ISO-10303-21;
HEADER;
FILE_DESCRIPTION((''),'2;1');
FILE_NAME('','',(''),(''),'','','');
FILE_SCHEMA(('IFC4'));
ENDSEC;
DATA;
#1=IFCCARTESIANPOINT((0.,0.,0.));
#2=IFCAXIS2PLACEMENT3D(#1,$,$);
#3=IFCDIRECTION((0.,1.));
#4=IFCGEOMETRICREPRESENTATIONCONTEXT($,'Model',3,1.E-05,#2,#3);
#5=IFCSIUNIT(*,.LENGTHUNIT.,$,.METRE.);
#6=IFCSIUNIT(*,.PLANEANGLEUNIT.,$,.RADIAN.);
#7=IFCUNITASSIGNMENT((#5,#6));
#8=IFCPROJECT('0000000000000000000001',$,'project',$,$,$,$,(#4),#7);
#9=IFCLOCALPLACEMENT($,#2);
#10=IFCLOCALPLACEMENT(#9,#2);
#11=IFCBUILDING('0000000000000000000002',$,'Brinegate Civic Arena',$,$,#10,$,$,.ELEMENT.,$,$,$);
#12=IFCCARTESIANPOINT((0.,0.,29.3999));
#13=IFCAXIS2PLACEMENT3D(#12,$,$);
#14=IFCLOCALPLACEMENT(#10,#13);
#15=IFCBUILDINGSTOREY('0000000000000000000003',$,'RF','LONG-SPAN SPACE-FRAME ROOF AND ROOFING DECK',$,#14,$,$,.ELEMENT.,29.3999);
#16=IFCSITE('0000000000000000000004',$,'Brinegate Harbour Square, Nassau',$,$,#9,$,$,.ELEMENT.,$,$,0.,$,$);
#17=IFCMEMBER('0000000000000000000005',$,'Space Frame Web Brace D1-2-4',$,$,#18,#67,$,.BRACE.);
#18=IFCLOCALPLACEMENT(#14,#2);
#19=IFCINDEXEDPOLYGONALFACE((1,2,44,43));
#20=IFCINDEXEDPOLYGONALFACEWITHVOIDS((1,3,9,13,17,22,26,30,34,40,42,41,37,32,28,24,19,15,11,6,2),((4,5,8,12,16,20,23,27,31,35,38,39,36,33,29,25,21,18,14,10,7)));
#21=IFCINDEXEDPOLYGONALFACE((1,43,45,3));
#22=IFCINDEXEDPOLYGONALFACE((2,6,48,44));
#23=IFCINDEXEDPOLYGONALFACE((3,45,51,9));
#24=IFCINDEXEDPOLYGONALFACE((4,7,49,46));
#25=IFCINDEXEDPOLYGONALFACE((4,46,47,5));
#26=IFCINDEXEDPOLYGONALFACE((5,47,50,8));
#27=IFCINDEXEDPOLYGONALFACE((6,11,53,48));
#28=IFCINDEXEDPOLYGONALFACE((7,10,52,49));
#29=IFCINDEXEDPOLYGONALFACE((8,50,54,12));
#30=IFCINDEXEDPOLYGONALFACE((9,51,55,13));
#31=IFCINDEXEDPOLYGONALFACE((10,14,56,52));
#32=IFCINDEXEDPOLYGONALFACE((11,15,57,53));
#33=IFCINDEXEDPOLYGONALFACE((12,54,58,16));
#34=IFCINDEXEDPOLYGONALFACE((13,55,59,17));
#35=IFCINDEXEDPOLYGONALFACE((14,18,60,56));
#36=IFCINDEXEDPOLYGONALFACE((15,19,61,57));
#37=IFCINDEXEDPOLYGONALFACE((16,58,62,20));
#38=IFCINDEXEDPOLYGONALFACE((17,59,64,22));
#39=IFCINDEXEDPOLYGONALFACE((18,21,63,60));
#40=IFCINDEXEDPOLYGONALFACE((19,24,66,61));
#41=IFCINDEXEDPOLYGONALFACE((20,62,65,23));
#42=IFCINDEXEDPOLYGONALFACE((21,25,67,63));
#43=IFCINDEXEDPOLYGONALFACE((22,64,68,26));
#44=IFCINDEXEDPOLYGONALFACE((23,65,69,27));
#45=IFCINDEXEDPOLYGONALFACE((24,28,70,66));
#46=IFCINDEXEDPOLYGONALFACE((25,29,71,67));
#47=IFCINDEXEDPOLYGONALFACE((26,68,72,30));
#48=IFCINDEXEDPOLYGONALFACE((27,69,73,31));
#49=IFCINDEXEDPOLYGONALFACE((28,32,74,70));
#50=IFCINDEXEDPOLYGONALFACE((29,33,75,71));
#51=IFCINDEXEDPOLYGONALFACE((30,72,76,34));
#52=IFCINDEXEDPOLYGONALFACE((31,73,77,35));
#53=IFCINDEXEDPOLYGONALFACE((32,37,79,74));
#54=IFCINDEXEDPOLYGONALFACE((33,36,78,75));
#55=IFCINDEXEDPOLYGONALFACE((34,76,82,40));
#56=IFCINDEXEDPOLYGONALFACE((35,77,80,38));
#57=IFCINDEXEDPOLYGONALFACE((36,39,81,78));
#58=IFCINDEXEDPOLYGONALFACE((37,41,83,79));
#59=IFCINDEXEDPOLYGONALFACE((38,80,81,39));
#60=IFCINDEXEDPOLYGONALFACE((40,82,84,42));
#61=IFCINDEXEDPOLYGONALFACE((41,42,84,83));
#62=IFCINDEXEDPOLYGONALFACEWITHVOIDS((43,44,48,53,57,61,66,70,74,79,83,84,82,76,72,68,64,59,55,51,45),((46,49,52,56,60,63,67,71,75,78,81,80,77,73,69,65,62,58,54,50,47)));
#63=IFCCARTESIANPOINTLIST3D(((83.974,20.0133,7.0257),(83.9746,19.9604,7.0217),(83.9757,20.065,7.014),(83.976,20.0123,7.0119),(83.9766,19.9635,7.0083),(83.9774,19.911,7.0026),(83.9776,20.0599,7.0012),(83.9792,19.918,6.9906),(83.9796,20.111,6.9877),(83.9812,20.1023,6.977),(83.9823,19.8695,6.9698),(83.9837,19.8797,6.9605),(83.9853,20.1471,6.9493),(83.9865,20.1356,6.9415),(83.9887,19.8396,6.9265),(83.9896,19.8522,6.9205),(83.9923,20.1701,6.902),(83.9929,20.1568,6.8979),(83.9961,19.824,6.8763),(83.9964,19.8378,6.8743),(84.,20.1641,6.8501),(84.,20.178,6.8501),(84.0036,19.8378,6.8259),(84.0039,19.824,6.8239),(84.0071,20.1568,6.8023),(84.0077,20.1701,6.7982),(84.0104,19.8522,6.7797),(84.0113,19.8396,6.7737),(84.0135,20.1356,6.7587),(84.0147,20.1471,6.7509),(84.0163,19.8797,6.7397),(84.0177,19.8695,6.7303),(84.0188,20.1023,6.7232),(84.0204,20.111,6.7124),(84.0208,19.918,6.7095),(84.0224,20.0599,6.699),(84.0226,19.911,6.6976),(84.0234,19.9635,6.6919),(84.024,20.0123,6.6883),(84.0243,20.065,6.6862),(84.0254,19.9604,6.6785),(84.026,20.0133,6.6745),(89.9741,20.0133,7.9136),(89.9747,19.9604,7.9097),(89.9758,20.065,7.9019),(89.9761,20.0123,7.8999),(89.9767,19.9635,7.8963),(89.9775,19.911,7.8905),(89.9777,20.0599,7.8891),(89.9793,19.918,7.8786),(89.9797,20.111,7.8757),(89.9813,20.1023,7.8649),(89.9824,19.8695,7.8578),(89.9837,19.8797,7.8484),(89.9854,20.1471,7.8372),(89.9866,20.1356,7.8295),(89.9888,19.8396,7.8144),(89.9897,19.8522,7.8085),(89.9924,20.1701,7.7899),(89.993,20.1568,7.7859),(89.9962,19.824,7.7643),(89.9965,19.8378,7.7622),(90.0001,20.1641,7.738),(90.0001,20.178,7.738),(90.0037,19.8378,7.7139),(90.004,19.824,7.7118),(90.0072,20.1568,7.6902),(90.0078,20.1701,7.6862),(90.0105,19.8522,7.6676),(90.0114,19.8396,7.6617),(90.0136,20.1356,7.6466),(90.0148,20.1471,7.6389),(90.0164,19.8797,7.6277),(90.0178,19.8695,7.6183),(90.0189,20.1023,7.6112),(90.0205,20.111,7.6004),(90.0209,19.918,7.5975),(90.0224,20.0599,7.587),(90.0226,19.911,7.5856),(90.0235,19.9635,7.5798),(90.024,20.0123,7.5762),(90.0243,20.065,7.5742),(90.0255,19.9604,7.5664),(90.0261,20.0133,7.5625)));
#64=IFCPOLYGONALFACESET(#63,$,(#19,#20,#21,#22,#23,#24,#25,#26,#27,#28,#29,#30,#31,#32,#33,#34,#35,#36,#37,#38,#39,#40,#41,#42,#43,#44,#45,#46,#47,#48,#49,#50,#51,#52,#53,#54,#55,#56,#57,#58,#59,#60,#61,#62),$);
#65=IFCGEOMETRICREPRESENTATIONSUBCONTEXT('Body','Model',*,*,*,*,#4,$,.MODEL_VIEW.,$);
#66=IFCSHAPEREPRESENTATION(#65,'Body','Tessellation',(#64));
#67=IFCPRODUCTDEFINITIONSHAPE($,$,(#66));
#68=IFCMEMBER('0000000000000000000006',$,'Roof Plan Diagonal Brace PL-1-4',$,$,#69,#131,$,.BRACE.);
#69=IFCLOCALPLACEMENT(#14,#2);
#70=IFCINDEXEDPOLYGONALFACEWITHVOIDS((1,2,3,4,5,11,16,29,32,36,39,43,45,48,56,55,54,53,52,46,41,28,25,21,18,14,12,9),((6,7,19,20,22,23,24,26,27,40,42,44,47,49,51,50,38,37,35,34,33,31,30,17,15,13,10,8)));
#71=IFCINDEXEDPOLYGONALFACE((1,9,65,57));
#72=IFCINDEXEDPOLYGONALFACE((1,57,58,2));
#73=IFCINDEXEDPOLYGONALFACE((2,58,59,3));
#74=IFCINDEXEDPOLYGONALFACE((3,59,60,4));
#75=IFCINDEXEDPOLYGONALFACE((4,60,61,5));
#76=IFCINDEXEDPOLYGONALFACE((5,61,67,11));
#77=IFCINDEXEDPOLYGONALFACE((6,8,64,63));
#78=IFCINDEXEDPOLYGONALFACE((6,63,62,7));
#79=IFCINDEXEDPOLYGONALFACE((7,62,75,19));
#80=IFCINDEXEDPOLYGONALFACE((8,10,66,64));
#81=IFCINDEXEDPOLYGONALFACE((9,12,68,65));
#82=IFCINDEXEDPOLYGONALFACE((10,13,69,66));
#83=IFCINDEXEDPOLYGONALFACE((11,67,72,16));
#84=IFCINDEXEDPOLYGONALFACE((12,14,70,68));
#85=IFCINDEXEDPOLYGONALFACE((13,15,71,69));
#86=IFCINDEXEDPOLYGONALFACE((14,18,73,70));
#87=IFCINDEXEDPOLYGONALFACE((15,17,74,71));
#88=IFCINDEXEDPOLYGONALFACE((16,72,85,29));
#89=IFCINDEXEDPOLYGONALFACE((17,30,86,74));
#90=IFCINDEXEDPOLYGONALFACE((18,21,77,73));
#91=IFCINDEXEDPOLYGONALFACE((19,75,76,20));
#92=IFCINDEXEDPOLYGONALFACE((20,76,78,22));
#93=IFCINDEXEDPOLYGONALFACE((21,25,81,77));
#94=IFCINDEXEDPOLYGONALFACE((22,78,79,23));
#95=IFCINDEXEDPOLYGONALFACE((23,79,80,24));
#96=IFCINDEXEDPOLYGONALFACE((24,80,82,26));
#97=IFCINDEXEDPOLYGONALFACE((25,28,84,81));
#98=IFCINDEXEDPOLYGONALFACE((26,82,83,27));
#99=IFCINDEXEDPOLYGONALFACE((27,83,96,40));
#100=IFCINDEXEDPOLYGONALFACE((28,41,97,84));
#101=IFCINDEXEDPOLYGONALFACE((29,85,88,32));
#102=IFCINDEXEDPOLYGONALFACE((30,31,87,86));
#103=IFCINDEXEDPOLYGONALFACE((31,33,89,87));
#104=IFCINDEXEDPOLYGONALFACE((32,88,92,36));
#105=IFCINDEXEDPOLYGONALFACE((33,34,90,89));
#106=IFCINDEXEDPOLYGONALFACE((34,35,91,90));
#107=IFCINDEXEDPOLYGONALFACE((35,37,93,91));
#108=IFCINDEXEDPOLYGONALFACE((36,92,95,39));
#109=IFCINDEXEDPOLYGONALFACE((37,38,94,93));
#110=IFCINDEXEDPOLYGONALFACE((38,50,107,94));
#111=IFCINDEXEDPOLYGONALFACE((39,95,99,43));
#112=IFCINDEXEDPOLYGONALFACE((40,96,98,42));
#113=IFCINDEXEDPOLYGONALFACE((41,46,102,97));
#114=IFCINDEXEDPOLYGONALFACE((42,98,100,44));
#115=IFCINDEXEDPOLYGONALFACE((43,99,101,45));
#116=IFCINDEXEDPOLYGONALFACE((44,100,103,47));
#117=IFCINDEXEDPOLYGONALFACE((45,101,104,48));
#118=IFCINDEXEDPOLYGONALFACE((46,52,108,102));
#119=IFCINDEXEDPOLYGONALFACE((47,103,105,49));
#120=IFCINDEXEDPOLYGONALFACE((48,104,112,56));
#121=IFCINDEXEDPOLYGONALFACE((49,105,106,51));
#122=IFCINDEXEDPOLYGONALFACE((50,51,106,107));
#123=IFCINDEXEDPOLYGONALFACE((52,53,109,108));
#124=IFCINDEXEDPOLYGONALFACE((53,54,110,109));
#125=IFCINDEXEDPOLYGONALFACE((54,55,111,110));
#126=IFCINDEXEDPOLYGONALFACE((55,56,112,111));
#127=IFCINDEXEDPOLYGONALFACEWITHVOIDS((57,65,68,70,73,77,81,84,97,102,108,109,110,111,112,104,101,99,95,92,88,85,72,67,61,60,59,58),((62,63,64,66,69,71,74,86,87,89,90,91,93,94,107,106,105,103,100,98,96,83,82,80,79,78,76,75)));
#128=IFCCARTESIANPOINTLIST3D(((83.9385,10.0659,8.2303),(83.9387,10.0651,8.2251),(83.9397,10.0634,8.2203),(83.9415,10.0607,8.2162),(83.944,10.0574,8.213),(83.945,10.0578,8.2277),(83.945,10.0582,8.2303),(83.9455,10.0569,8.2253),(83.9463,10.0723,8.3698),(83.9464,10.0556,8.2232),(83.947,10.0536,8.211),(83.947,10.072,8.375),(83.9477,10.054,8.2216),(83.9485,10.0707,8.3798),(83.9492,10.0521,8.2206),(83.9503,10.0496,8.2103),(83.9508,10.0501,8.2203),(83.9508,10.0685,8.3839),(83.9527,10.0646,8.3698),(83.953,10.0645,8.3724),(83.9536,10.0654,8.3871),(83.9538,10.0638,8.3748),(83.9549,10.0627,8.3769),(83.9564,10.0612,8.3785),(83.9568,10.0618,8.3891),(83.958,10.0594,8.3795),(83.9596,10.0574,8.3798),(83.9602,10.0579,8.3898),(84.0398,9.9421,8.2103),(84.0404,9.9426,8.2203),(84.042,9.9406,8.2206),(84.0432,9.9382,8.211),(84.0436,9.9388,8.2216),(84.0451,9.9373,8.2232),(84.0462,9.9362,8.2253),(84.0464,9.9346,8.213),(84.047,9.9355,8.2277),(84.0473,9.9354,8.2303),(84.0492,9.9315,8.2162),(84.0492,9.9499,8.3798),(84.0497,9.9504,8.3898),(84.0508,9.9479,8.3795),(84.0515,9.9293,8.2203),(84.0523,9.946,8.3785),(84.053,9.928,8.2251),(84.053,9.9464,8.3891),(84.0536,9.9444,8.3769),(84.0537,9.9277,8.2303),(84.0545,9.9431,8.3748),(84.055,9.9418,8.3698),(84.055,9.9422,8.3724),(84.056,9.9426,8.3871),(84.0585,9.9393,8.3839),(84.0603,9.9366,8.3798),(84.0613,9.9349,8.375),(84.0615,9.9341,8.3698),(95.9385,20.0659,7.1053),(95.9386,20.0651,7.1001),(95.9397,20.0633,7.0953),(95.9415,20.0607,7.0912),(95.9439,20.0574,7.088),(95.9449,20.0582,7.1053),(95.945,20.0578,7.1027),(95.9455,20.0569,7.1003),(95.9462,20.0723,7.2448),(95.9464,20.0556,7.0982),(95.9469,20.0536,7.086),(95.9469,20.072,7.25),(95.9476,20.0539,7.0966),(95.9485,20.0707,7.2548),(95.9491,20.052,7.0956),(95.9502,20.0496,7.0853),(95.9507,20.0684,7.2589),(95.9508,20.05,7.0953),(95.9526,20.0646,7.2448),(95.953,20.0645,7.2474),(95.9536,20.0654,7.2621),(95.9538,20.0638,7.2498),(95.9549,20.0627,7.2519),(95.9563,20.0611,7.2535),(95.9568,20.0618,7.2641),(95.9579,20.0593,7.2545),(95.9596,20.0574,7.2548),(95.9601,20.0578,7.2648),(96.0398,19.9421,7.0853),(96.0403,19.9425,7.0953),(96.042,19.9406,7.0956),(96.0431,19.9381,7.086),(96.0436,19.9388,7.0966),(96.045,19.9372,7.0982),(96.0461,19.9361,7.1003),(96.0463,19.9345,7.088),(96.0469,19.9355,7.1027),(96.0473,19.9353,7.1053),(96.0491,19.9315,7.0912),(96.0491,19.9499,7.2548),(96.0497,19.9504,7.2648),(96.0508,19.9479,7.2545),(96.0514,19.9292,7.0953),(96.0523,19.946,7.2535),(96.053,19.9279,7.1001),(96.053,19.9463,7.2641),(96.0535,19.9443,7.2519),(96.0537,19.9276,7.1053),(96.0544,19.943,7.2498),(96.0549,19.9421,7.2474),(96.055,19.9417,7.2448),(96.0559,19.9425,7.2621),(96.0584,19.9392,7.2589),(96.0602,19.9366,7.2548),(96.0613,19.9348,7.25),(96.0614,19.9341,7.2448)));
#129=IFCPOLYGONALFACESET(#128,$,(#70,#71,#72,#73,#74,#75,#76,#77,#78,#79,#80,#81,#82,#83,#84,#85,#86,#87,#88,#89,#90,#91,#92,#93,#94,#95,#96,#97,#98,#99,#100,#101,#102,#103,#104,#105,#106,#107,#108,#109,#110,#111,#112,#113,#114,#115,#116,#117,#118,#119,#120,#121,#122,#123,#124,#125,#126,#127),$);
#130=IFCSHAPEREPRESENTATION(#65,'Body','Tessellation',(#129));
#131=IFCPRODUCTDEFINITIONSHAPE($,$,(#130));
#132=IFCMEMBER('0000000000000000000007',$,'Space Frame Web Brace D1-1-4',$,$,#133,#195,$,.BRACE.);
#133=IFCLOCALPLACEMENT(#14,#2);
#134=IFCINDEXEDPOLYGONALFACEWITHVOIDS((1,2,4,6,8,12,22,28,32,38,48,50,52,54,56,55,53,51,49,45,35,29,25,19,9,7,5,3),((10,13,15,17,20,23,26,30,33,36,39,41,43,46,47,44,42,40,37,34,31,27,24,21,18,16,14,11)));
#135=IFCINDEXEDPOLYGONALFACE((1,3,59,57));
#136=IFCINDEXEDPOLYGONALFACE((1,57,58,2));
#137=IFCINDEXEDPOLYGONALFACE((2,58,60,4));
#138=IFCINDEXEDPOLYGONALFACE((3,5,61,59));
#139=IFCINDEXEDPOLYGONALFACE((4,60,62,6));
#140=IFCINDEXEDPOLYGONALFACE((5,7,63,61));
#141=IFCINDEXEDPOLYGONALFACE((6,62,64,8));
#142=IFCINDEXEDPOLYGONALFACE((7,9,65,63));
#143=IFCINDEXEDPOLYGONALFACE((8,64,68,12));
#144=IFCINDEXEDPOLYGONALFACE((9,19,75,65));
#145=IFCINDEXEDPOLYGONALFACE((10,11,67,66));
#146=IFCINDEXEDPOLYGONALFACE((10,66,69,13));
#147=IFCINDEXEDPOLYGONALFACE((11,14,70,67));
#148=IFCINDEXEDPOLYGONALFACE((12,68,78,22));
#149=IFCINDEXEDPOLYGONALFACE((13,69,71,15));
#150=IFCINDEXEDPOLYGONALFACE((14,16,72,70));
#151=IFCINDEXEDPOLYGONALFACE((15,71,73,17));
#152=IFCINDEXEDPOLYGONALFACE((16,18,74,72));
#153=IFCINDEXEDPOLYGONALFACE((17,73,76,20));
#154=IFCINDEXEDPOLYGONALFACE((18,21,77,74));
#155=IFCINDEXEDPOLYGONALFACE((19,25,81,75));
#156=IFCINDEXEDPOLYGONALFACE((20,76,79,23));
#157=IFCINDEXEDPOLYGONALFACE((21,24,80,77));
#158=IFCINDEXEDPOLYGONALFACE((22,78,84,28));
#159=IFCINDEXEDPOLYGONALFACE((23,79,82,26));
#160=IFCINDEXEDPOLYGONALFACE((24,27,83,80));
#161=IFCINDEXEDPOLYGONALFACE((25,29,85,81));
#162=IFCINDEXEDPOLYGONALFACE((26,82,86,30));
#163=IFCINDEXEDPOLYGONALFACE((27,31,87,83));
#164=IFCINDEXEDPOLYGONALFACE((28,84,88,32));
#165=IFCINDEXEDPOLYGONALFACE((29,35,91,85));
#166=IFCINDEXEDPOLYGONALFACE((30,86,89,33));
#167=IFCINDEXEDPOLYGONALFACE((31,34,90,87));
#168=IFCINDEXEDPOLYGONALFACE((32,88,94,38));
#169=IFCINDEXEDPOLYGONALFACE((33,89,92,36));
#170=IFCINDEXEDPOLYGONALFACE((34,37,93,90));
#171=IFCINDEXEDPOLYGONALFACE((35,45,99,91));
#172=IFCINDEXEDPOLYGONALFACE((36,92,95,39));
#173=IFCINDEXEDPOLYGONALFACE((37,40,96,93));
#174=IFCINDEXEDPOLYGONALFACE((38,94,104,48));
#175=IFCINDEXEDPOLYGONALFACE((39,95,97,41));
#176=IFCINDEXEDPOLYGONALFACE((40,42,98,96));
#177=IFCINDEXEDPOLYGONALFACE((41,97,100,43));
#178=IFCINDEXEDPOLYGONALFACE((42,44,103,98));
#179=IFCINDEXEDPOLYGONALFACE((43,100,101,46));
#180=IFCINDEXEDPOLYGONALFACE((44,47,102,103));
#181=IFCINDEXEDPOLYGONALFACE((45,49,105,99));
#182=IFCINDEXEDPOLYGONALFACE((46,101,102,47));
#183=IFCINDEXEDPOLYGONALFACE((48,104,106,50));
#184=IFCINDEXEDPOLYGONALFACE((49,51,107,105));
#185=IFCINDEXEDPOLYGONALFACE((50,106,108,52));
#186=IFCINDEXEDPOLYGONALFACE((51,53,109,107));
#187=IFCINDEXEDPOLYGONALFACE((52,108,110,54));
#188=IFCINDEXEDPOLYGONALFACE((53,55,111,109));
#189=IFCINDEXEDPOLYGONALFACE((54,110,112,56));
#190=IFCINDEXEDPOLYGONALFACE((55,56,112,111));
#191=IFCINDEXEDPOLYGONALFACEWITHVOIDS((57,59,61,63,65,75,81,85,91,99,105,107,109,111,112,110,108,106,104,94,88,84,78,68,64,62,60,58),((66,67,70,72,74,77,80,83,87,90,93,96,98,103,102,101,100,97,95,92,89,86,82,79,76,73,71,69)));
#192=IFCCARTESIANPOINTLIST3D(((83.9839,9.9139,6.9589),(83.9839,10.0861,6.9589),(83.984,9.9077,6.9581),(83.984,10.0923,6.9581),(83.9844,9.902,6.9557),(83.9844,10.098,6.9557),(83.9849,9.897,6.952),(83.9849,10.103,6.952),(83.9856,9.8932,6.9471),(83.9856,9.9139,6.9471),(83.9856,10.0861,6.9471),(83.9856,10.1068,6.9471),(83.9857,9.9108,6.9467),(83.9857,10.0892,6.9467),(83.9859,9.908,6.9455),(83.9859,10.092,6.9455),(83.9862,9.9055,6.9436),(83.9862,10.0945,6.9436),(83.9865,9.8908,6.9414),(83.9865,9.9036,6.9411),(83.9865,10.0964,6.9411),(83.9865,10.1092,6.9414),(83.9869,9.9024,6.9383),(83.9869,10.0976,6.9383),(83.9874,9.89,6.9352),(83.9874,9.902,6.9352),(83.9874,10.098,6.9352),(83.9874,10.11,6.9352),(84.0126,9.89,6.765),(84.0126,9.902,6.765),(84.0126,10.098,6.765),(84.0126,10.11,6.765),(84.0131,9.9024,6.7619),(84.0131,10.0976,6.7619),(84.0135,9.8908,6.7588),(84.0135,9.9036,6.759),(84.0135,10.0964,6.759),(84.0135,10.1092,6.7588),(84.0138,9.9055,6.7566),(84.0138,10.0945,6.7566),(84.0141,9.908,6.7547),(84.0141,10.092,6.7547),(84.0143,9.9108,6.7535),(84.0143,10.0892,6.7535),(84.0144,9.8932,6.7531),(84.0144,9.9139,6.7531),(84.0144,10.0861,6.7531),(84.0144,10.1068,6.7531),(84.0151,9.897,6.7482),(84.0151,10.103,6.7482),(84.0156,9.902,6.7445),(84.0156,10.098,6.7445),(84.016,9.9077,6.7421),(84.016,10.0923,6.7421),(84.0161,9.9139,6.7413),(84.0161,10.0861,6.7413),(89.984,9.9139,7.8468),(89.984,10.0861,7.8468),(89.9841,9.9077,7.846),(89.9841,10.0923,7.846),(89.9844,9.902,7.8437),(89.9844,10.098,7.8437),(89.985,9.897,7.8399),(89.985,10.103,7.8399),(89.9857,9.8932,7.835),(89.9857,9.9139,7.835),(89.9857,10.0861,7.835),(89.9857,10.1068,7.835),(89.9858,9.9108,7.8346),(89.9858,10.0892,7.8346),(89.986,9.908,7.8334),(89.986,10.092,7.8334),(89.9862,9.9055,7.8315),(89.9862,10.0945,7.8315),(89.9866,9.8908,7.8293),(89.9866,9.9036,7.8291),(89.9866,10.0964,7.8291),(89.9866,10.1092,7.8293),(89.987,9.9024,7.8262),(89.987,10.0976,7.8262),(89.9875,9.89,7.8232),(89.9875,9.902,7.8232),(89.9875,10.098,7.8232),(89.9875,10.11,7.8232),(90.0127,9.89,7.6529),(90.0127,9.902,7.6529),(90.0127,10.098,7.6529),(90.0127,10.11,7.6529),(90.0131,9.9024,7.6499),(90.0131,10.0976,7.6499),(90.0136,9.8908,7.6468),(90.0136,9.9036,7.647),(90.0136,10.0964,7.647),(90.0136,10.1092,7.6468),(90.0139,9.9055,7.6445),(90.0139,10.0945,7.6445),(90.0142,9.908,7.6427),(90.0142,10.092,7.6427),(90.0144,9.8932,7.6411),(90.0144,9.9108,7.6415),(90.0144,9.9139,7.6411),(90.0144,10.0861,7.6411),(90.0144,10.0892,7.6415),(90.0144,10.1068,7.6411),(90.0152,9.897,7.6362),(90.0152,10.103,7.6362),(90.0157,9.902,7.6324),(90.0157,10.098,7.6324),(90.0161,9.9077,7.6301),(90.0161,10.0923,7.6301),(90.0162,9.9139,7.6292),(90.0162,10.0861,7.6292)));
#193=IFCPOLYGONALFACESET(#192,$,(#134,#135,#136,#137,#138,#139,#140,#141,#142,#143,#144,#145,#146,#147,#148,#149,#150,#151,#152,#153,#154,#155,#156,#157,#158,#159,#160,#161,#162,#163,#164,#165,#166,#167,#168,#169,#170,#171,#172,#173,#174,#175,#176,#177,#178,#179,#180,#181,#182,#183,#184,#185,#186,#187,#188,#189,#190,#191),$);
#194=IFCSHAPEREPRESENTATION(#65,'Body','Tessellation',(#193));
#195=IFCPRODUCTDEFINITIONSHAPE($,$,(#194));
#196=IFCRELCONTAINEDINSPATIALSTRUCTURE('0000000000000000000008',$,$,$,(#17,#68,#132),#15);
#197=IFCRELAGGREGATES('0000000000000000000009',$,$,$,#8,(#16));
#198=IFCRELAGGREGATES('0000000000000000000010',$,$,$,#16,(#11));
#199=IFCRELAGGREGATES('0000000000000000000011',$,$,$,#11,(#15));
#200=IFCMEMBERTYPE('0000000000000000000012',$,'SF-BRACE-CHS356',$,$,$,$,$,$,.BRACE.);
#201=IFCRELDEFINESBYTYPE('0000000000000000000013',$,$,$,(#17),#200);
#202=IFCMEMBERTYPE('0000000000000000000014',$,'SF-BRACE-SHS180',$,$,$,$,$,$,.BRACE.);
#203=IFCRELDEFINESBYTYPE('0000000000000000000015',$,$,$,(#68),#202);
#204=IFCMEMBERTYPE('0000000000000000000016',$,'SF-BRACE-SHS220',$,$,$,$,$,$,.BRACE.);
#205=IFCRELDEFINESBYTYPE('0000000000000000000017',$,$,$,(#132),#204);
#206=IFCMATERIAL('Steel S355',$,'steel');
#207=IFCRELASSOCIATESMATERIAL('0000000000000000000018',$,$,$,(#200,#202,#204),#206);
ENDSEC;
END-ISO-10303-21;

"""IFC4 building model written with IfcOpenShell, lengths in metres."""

from ifc_helpers import new_model, si_unit, direction, frame, origin, origin_2d, place, context, subcontext, project, spatial, hollow_rectangle, hollow_circle, extrude, material, material_profile, profile_set, type_object, element, save


model = new_model("IFC4")

# Units and contexts
model_context = context("Model", 3, precision=1e-05, world=origin(), true_north=direction((0.0, 1.0)))
body_context = subcontext(model_context, "Body", "Model", "MODEL_VIEW")
ifc_project = project(units=[si_unit("LENGTHUNIT", "METRE"), si_unit("PLANEANGLEUNIT", "RADIAN")], contexts=[model_context])

# Site, building, storey
site_placement = place(None, origin())
site = spatial("IfcSite", under=ifc_project, at=site_placement, Name="Brinegate Harbour Square, Nassau", CompositionType="ELEMENT", RefElevation=0.0)
building_placement = place(site_placement, origin())
building = spatial("IfcBuilding", under=site, at=building_placement, Name="Brinegate Civic Arena", CompositionType="ELEMENT")
storey_placement = place(building_placement, frame((0.0, 0.0, 29.3999)))
storey = spatial("IfcBuildingStorey", under=building, at=storey_placement, Name="RF", Description="LONG-SPAN SPACE-FRAME ROOF AND ROOFING DECK", CompositionType="ELEMENT", Elevation=29.3999)

# Shared definitions
ifc_material_1 = material(Name="Steel S355", Category="steel")

# Members
ifc_material_profile_1 = material_profile(ifc_material_1, hollow_circle(Radius=0.178, WallThickness=0.0139, at=origin_2d()), Name="CHS356X14")
ifc_profile_set_1 = profile_set([ifc_material_profile_1], Name="Steel S355")
member_type_1 = type_object("IfcMemberType", Name="SF-BRACE-CHS356", PredefinedType="BRACE", material=ifc_profile_set_1)
for number, where, z_axis, x_axis, name in (
    (1, (84.0, 20.0, 6.8501), (0.989226, 0.0, 0.146395), (0.0, 1.0, 0.0), "Space Frame Web Brace D1-2-4"),
):
    element("IfcMember", number, at=place(storey_placement, frame(where, z_axis=z_axis, x_axis=x_axis)), inside=storey, type_object=member_type_1, Name=name, PredefinedType="BRACE", context=body_context, shape_type="SweptSolid", body=[
        extrude(hollow_circle(Radius=0.178, WallThickness=0.0139, at=origin_2d()), origin(), (0.0, 0.0, 1.0), 6.0654),
    ])
ifc_material_profile_2 = material_profile(ifc_material_1, hollow_rectangle(XDim=0.1799, YDim=0.1799, WallThickness=0.01, InnerFilletRadius=0.01, OuterFilletRadius=0.02, at=origin_2d()), Name="SHS180X10")
ifc_profile_set_2 = profile_set([ifc_material_profile_2], Name="Steel S355")
member_type_2 = type_object("IfcMemberType", Name="SF-BRACE-SHS180", PredefinedType="BRACE", material=ifc_profile_set_2)
member_1_placement = place(storey_placement, frame((84.0, 10.0, 8.3), z_axis=(0.766237, 0.638531, -0.071835), x_axis=(-0.640184, 0.768221, 0.0)))
element("IfcMember", 2, at=member_1_placement, inside=storey, type_object=member_type_2, Name="Roof Plan Diagonal Brace PL-1-4", PredefinedType="BRACE", context=body_context, shape_type="SweptSolid", body=[
    extrude(hollow_rectangle(XDim=0.1799, YDim=0.1799, WallThickness=0.01, InnerFilletRadius=0.01, OuterFilletRadius=0.02, at=origin_2d()), origin(), (0.0, 0.0, 1.0), 15.6609),
])
ifc_material_profile_3 = material_profile(ifc_material_1, hollow_rectangle(XDim=0.22, YDim=0.22, WallThickness=0.012, InnerFilletRadius=0.012, OuterFilletRadius=0.0239, at=origin_2d()), Name="SHS220X12")
ifc_profile_set_3 = profile_set([ifc_material_profile_3], Name="Steel S355")
member_type_3 = type_object("IfcMemberType", Name="SF-BRACE-SHS220", PredefinedType="BRACE", material=ifc_profile_set_3)
member_2_placement = place(storey_placement, frame((84.0, 10.0, 6.8501), z_axis=(0.989226, 0.0, 0.146395), x_axis=(0.0, 1.0, 0.0)))
element("IfcMember", 3, at=member_2_placement, inside=storey, type_object=member_type_3, Name="Space Frame Web Brace D1-1-4", PredefinedType="BRACE", context=body_context, shape_type="SweptSolid", body=[
    extrude(hollow_rectangle(XDim=0.22, YDim=0.22, WallThickness=0.012, InnerFilletRadius=0.012, OuterFilletRadius=0.0239, at=origin_2d()), origin(), (0.0, 0.0, 1.0), 6.0654),
])

save(model, "model.ifc")
